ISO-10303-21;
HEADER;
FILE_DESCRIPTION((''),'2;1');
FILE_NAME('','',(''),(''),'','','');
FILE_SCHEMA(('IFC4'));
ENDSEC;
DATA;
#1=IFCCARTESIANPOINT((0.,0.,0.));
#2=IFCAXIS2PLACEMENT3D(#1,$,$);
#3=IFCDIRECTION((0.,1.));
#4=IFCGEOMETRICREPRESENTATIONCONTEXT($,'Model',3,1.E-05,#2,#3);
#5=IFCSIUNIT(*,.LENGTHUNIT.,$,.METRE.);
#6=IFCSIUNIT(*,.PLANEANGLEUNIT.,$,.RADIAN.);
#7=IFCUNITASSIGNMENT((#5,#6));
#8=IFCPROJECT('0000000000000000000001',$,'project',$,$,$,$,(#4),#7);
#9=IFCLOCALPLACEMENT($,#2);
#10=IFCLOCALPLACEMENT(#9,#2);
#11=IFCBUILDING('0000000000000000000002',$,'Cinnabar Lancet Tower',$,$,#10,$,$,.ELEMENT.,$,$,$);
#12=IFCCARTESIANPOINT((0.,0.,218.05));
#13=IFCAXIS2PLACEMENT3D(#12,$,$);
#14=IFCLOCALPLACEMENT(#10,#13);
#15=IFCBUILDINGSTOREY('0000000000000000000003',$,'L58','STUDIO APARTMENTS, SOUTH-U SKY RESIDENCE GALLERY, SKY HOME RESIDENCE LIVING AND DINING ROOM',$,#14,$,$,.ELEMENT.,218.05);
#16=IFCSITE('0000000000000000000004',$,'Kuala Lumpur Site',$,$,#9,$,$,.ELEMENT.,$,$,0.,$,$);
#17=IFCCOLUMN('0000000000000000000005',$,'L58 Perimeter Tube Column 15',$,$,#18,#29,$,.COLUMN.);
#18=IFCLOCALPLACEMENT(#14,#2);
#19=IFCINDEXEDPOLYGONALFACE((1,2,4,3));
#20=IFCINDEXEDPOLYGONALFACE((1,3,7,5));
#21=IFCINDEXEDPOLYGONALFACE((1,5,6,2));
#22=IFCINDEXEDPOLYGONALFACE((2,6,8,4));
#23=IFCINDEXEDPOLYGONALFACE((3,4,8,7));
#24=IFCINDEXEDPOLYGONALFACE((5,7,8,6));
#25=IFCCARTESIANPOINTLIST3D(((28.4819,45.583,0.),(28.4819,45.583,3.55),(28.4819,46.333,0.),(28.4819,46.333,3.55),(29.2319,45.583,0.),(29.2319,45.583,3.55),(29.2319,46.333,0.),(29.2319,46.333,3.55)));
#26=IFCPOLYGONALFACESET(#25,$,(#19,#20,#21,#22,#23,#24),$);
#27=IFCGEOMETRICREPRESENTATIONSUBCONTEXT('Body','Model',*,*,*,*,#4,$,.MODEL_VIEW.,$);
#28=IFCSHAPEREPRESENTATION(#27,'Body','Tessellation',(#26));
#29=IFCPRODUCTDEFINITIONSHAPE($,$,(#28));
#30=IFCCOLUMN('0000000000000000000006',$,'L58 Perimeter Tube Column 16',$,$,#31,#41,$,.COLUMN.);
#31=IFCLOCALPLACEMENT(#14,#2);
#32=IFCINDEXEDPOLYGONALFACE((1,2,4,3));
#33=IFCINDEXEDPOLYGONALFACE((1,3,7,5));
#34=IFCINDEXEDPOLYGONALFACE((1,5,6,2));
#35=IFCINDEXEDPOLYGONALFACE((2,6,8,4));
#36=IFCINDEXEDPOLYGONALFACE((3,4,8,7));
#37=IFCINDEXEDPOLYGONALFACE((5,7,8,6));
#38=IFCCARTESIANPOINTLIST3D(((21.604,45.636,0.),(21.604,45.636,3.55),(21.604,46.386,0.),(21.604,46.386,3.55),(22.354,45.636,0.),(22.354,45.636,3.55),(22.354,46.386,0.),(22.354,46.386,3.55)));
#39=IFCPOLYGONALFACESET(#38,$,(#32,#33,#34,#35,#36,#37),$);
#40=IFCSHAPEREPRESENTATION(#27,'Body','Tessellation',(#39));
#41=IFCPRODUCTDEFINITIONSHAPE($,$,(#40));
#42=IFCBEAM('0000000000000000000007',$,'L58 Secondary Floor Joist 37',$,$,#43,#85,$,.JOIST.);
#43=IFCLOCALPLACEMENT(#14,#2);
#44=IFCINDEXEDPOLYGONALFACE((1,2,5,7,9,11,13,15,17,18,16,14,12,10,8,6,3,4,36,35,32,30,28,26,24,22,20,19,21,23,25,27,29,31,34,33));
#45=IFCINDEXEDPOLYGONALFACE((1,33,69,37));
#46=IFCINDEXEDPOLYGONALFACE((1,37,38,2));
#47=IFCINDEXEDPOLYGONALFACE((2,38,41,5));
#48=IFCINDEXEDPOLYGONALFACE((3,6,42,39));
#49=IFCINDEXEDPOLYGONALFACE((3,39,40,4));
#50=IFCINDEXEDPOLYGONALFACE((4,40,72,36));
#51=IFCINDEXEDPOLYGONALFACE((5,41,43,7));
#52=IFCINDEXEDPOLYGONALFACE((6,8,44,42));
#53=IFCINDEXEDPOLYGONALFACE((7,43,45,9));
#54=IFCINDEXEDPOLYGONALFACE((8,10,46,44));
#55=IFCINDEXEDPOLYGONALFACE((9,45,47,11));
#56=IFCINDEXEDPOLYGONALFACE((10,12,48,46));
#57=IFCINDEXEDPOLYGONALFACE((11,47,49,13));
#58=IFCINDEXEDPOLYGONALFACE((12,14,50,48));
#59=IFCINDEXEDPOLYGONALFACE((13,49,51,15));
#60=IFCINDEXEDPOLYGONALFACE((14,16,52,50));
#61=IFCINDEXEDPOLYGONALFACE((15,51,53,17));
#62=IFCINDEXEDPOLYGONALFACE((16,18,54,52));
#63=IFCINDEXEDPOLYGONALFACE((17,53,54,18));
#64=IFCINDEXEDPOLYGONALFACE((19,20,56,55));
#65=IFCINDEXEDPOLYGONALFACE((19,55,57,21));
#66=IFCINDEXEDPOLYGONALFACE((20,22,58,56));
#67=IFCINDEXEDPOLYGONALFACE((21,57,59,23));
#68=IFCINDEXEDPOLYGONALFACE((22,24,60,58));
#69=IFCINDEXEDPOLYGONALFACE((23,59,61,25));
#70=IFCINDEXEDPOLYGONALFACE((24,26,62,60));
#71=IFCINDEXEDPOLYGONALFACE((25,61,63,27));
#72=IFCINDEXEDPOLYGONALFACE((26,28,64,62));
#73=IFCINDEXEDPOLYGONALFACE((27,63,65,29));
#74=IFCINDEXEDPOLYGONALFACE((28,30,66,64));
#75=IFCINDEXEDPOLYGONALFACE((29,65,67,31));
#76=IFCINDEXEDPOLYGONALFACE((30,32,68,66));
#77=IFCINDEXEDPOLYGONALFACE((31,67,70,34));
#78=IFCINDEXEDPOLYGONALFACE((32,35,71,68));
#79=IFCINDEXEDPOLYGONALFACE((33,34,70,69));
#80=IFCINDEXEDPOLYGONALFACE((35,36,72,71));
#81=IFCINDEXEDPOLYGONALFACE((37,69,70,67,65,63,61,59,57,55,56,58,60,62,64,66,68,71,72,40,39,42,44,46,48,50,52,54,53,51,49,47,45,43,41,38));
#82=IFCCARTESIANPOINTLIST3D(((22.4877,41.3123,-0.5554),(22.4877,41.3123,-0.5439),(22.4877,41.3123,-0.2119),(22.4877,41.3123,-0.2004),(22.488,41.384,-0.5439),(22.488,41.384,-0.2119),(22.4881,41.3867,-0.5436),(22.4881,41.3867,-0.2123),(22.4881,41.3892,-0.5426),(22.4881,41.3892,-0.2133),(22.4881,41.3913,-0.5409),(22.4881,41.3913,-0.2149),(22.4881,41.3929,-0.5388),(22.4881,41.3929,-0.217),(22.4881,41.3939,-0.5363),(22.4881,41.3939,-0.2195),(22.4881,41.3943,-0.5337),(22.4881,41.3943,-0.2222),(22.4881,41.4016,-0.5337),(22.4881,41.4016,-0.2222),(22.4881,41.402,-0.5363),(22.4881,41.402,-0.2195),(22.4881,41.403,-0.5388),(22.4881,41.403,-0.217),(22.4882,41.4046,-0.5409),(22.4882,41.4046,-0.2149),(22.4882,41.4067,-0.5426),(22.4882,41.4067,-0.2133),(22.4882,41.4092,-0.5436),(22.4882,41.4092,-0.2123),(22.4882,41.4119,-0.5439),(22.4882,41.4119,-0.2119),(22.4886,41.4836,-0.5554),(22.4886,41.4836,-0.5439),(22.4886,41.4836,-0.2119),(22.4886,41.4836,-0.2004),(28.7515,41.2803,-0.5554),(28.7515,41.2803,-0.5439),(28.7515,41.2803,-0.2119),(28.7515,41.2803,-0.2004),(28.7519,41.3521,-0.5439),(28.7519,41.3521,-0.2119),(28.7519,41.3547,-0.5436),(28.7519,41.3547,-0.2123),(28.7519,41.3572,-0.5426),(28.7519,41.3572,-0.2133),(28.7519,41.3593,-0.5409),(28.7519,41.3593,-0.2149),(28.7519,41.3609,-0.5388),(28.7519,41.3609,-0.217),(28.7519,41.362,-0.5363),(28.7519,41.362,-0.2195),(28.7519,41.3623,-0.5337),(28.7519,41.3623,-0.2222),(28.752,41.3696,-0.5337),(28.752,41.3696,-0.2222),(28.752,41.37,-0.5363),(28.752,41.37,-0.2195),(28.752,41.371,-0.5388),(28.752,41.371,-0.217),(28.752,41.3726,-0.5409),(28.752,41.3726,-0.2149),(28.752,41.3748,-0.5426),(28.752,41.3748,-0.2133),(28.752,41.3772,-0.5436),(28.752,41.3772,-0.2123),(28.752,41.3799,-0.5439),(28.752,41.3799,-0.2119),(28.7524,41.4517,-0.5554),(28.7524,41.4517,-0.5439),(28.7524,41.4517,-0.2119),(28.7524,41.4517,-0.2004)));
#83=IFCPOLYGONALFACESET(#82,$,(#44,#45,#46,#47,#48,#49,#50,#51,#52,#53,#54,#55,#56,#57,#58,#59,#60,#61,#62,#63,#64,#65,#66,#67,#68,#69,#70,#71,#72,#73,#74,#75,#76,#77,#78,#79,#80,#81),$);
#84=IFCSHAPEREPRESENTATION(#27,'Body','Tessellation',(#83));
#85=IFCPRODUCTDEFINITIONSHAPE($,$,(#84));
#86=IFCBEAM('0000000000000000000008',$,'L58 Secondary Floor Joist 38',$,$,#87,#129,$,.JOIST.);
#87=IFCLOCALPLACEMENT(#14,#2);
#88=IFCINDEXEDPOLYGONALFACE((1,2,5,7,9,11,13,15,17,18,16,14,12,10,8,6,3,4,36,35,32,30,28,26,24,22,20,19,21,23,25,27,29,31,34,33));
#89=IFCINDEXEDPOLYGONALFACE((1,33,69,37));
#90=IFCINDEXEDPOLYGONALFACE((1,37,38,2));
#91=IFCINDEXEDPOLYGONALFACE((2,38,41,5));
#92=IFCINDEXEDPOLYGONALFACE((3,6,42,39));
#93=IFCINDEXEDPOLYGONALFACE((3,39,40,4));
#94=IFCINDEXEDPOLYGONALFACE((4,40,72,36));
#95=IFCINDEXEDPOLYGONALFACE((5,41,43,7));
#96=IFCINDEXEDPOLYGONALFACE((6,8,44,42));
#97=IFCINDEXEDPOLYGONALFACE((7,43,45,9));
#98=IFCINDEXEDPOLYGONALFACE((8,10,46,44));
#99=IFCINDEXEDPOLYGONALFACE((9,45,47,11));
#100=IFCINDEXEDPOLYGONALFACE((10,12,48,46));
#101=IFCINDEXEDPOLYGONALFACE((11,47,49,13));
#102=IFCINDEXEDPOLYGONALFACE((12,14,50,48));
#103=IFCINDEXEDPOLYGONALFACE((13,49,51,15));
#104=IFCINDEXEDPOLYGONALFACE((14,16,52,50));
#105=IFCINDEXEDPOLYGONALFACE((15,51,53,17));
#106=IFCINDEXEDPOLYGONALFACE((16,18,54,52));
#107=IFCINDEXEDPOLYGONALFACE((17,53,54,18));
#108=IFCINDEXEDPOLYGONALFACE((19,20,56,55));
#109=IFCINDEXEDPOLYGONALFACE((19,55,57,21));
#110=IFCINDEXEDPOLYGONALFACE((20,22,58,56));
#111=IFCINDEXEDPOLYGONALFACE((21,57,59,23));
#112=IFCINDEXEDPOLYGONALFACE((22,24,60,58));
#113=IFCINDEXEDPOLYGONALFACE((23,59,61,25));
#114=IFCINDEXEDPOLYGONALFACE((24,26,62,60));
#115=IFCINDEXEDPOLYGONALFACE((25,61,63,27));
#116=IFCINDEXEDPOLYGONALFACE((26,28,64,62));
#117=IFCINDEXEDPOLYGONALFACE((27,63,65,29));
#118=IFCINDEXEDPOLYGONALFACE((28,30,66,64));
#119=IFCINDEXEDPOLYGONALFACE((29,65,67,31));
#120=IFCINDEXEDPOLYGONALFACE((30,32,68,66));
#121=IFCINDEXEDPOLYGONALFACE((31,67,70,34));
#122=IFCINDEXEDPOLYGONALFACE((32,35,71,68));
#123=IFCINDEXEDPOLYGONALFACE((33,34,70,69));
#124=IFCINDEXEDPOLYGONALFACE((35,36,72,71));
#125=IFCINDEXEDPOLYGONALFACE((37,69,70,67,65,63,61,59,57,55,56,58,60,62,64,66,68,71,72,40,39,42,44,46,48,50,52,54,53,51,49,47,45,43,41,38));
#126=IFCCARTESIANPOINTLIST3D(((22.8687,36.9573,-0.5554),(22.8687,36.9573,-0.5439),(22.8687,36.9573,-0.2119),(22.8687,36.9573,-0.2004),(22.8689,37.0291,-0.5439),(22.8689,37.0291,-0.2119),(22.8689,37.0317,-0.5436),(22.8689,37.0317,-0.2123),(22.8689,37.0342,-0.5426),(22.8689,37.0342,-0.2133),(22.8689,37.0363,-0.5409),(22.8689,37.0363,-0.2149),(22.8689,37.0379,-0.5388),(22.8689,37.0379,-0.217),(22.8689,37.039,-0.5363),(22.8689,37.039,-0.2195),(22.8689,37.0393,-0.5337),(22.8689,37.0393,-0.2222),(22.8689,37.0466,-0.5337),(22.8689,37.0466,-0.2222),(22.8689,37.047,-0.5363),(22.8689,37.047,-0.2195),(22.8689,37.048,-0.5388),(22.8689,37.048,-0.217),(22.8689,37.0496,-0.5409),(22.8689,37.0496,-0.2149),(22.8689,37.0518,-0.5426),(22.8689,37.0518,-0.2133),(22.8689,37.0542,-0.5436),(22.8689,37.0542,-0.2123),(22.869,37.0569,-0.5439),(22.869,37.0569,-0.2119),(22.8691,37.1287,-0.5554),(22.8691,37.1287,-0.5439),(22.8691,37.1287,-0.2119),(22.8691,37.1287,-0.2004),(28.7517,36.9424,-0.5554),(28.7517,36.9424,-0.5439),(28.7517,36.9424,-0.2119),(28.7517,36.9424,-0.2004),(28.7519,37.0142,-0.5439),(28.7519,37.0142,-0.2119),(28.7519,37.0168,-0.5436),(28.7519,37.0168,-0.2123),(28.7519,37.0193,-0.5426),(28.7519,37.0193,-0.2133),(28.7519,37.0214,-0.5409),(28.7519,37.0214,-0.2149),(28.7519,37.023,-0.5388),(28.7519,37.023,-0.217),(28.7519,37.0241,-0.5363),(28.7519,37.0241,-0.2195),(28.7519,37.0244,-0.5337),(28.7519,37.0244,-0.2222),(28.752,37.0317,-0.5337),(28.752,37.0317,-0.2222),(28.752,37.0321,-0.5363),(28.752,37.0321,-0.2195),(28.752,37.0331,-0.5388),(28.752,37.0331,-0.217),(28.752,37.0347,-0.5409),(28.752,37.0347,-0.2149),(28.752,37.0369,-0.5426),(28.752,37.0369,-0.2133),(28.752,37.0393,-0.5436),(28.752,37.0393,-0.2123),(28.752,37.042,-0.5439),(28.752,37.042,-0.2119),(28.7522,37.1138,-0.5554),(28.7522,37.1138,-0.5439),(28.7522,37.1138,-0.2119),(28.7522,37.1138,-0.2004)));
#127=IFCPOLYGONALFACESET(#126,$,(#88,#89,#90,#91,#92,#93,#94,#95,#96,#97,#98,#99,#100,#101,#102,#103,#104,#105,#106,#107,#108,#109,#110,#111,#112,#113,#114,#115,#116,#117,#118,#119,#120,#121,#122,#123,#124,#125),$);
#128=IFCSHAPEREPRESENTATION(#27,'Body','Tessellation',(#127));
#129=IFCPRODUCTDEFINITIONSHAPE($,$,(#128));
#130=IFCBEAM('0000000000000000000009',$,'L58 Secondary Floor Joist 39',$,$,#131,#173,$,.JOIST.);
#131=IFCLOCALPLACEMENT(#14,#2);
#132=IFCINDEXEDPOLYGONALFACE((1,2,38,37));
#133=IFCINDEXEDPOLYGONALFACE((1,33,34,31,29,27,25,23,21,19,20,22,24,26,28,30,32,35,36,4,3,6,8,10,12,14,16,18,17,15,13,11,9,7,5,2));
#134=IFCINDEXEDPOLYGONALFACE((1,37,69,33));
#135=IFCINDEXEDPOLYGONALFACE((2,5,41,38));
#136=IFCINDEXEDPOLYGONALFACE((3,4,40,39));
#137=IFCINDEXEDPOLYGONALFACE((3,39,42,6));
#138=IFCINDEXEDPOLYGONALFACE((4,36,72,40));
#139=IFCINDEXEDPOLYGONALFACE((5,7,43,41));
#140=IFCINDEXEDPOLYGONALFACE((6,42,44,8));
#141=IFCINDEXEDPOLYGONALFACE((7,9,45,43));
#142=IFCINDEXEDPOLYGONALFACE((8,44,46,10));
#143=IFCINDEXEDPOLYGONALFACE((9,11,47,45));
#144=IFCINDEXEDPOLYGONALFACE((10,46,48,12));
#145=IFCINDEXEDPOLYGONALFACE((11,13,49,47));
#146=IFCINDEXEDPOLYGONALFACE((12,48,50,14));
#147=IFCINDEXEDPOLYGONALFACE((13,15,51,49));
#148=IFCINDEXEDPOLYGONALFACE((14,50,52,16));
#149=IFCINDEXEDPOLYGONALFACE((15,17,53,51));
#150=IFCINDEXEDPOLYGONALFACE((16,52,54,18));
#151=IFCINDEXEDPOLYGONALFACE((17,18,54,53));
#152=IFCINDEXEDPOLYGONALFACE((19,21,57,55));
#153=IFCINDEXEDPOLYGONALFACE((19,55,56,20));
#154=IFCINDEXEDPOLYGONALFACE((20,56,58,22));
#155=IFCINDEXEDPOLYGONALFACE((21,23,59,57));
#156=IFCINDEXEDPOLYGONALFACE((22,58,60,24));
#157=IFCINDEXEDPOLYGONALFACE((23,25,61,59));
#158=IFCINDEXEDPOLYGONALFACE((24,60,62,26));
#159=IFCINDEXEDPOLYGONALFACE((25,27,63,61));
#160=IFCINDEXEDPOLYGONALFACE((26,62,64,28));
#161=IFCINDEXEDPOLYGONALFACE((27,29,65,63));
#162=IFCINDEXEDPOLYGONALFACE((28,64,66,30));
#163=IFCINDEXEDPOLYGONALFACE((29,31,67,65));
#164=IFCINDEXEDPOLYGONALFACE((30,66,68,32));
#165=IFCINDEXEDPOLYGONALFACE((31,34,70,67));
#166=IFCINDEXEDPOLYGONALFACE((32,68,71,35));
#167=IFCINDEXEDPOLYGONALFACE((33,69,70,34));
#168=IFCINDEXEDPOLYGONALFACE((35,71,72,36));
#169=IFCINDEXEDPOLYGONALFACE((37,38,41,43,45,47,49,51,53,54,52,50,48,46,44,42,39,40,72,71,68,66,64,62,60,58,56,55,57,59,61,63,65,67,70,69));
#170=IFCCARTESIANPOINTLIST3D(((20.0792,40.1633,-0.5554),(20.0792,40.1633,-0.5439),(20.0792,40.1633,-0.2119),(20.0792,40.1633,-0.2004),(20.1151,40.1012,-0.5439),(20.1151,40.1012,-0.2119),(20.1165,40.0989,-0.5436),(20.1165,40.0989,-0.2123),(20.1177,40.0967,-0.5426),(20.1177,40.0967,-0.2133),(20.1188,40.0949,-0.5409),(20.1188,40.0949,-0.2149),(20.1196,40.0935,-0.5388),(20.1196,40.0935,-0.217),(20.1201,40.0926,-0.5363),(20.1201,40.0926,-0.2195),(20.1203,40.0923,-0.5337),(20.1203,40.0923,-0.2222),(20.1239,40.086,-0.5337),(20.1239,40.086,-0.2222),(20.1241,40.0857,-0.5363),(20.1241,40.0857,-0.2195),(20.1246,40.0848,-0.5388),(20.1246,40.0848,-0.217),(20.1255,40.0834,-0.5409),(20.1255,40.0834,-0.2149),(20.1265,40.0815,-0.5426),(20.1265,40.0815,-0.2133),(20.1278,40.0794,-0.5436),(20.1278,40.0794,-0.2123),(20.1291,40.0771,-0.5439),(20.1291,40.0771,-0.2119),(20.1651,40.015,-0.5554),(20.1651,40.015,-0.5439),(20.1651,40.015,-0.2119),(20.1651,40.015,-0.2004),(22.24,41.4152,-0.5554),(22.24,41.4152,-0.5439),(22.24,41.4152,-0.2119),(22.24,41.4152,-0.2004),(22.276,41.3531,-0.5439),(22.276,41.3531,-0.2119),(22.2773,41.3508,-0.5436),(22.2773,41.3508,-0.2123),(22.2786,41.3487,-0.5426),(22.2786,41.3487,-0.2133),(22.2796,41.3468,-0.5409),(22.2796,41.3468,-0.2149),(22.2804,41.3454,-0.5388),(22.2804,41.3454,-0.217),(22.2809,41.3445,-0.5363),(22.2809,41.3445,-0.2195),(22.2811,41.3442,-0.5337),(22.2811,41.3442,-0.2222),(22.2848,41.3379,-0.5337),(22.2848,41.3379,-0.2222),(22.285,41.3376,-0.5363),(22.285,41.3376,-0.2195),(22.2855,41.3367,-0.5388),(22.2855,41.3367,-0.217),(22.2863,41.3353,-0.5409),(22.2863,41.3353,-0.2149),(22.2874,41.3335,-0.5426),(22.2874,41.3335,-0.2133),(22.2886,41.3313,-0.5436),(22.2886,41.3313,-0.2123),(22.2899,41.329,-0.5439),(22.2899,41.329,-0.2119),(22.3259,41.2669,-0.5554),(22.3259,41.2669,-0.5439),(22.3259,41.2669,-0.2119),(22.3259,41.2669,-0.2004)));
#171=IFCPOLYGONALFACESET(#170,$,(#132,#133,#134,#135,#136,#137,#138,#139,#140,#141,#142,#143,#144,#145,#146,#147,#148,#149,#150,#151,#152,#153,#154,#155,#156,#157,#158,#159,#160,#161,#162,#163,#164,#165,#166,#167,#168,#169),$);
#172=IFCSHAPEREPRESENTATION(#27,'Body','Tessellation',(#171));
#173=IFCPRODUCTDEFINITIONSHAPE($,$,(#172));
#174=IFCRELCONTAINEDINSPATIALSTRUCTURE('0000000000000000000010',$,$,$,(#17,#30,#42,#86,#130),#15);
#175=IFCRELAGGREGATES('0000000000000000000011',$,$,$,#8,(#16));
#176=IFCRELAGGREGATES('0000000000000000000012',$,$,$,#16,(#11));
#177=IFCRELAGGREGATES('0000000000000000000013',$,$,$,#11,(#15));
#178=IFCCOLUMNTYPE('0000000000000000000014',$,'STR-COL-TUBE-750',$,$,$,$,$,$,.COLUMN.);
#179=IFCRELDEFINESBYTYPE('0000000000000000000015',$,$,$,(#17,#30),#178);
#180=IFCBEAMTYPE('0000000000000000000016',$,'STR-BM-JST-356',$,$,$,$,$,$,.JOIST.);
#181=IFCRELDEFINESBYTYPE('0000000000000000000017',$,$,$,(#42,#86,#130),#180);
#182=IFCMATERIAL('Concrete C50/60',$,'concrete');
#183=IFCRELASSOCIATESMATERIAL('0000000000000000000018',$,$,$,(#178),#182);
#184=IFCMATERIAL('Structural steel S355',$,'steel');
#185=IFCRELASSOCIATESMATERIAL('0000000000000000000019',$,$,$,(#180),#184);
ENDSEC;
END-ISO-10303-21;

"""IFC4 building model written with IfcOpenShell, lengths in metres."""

from ifc_helpers import new_model, si_unit, direction, frame, origin, origin_2d, place, context, subcontext, project, spatial, rectangle, i_section, extrude, material, material_profile, profile_set, type_object, element, save


model = new_model("IFC4")

# Units and contexts
model_context = context("Model", 3, precision=1e-05, world=origin(), true_north=direction((0.0, 1.0)))
body_context = subcontext(model_context, "Body", "Model", "MODEL_VIEW")
ifc_project = project(units=[si_unit("LENGTHUNIT", "METRE"), si_unit("PLANEANGLEUNIT", "RADIAN")], contexts=[model_context])

# Site, building, storey
site_placement = place(None, origin())
site = spatial("IfcSite", under=ifc_project, at=site_placement, Name="Kuala Lumpur Site", CompositionType="ELEMENT", RefElevation=0.0)
building_placement = place(site_placement, origin())
building = spatial("IfcBuilding", under=site, at=building_placement, Name="Cinnabar Lancet Tower", CompositionType="ELEMENT")
storey_placement = place(building_placement, frame((0.0, 0.0, 218.05)))
storey = spatial("IfcBuildingStorey", under=building, at=storey_placement, Name="L58", Description="STUDIO APARTMENTS, SOUTH-U SKY RESIDENCE GALLERY, SKY HOME RESIDENCE LIVING AND DINING ROOM", CompositionType="ELEMENT", Elevation=218.05)

# Columns
ifc_material_1 = material(Name="Concrete C50/60", Category="concrete")
ifc_material_profile_1 = material_profile(ifc_material_1, rectangle(XDim=0.75, YDim=0.75, at=origin_2d()), Name="RC-COL 750x750")
ifc_profile_set_1 = profile_set([ifc_material_profile_1], Name="Concrete C50/60")
column_type = type_object("IfcColumnType", Name="STR-COL-TUBE-750", PredefinedType="COLUMN", material=ifc_profile_set_1)
for number, where, z_axis, x_axis, name in (
    (1, (28.8569, 45.958, 0.0), (0.0, 0.0, 1.0), (1.0, 0.0, 0.0), "L58 Perimeter Tube Column 15"),
    (2, (21.979, 46.011, 0.0), (0.0, 0.0, 1.0), (1.0, 0.0, 0.0), "L58 Perimeter Tube Column 16"),
):
    element("IfcColumn", number, at=place(storey_placement, frame(where, z_axis=z_axis, x_axis=x_axis)), inside=storey, type_object=column_type, Name=name, PredefinedType="COLUMN", context=body_context, shape_type="SweptSolid", body=[
        extrude(rectangle(XDim=0.75, YDim=0.75, at=origin_2d()), origin(), (0.0, 0.0, 1.0), 3.55),
    ])

# Beams
ifc_material_2 = material(Name="Structural steel S355", Category="steel")
ifc_material_profile_2 = material_profile(ifc_material_2, i_section(OverallWidth=0.1714, OverallDepth=0.355, WebThickness=0.0073, FlangeThickness=0.0115, FilletRadius=0.0103, at=origin_2d()), Name="UKB 356x171x51")
ifc_profile_set_2 = profile_set([ifc_material_profile_2], Name="Structural steel S355")
beam_type_1 = type_object("IfcBeamType", Name="STR-BM-JST-356", PredefinedType="JOIST", material=ifc_profile_set_2)
beam_1_placement = place(storey_placement, frame((28.752, 41.366, -0.3779), z_axis=(-0.999987, 0.005106, 0.0), x_axis=(-0.005106, -0.999987, 0.0)))
element("IfcBeam", 3, at=beam_1_placement, inside=storey, type_object=beam_type_1, Name="L58 Secondary Floor Joist 37", PredefinedType="JOIST", context=body_context, shape_type="SweptSolid", body=[
    extrude(i_section(OverallWidth=0.1714, OverallDepth=0.355, WebThickness=0.0073, FlangeThickness=0.0115, FilletRadius=0.0103, at=origin_2d()), origin(), (0.0, 0.0, 1.0), 6.2639),
])
beam_2_placement = place(storey_placement, frame((28.752, 37.0281, -0.3779), z_axis=(-0.999997, 0.002531, 0.0), x_axis=(-0.002531, -0.999997, 0.0)))
element("IfcBeam", 4, at=beam_2_placement, inside=storey, type_object=beam_type_1, Name="L58 Secondary Floor Joist 38", PredefinedType="JOIST", context=body_context, shape_type="SweptSolid", body=[
    extrude(i_section(OverallWidth=0.1714, OverallDepth=0.355, WebThickness=0.0073, FlangeThickness=0.0115, FilletRadius=0.0103, at=origin_2d()), origin(), (0.0, 0.0, 1.0), 5.8831),
])
beam_3_placement = place(storey_placement, frame((22.283, 41.3411, -0.3779), z_axis=(-0.865268, -0.50131, 0.0), x_axis=(0.50131, -0.865268, 0.0)))
element("IfcBeam", 5, at=beam_3_placement, inside=storey, type_object=beam_type_1, Name="L58 Secondary Floor Joist 39", PredefinedType="JOIST", context=body_context, shape_type="SweptSolid", body=[
    extrude(i_section(OverallWidth=0.1714, OverallDepth=0.355, WebThickness=0.0073, FlangeThickness=0.0115, FilletRadius=0.0103, at=origin_2d()), origin(), (0.0, 0.0, 1.0), 2.4973),
])

save(model, "model.ifc")
